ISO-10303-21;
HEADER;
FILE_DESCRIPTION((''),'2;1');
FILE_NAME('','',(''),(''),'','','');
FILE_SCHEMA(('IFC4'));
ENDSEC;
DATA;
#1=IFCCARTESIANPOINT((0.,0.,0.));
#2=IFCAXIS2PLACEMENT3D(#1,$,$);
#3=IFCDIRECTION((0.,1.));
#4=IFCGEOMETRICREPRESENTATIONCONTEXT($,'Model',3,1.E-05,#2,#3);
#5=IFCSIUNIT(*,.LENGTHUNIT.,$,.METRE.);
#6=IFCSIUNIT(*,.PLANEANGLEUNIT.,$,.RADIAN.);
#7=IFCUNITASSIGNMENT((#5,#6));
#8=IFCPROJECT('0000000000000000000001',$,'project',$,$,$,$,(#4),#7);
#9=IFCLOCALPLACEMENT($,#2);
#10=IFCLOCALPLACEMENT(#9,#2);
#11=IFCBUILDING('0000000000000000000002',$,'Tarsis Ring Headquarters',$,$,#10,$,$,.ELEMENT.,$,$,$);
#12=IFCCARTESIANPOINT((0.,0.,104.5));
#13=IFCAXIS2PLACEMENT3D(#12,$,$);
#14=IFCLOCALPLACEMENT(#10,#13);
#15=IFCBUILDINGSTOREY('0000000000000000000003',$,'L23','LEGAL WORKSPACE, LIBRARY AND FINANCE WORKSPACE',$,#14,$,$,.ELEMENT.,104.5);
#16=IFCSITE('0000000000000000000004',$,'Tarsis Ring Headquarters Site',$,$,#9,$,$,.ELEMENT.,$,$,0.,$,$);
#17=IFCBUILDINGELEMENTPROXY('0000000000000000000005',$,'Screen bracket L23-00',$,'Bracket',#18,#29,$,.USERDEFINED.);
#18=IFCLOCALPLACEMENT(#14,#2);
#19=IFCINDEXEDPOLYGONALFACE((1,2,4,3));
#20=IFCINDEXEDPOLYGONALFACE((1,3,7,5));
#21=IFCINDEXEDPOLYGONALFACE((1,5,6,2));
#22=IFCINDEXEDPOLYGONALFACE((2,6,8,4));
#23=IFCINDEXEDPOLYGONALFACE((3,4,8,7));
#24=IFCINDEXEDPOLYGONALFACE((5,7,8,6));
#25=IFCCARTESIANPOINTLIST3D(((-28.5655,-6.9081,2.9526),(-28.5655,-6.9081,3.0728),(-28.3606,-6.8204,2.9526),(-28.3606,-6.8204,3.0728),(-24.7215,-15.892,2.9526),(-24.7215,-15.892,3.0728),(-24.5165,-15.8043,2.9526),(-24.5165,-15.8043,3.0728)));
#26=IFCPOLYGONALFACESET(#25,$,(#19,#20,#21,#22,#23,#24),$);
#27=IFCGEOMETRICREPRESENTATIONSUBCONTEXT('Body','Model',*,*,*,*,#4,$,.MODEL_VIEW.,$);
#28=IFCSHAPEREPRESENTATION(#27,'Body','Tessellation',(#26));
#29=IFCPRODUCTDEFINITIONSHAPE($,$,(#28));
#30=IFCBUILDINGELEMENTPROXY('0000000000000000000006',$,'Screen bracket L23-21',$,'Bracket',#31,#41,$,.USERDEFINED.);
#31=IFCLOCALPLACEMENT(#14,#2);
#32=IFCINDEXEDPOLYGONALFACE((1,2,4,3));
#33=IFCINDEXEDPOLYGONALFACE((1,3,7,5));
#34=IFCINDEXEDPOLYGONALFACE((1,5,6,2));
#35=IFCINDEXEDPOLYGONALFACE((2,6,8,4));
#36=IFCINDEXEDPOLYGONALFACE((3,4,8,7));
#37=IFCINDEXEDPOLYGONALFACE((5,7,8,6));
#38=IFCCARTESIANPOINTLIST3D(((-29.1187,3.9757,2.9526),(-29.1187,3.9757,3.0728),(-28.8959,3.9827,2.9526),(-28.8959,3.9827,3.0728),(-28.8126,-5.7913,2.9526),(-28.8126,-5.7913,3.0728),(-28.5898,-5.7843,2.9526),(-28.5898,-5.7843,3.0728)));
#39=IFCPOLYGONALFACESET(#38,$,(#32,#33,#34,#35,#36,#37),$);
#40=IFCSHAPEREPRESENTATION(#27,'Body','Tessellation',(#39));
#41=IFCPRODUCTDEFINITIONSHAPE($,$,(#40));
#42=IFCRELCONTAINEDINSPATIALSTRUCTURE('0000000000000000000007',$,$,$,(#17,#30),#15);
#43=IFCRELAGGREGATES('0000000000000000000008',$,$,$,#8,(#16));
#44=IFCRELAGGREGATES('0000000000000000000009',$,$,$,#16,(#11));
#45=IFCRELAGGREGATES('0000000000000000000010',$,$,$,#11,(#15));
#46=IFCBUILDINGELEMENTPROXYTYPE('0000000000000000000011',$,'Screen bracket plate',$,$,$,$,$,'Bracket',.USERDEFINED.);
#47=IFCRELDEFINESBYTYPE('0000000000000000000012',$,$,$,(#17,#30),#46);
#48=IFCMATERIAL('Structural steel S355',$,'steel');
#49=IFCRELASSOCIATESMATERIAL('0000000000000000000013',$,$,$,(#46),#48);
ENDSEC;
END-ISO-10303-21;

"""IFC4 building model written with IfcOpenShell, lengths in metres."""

from ifc_helpers import new_model, si_unit, direction, frame, origin, origin_2d, place, context, subcontext, project, spatial, rectangle, extrude, material, type_object, element, save


model = new_model("IFC4")

# Units and contexts
model_context = context("Model", 3, precision=1e-05, world=origin(), true_north=direction((0.0, 1.0)))
body_context = subcontext(model_context, "Body", "Model", "MODEL_VIEW")
ifc_project = project(units=[si_unit("LENGTHUNIT", "METRE"), si_unit("PLANEANGLEUNIT", "RADIAN")], contexts=[model_context])

# Site, building, storey
site_placement = place(None, origin())
site = spatial("IfcSite", under=ifc_project, at=site_placement, Name="Tarsis Ring Headquarters Site", CompositionType="ELEMENT", RefElevation=0.0)
building_placement = place(site_placement, origin())
building = spatial("IfcBuilding", under=site, at=building_placement, Name="Tarsis Ring Headquarters", CompositionType="ELEMENT")
storey_placement = place(building_placement, frame((0.0, 0.0, 104.5)))
storey = spatial("IfcBuildingStorey", under=building, at=storey_placement, Name="L23", Description="LEGAL WORKSPACE, LIBRARY AND FINANCE WORKSPACE", CompositionType="ELEMENT", Elevation=104.5)

# Shared definitions
ifc_material_1 = material(Name="Structural steel S355", Category="steel")

# Building element proxies
building_element_proxy_type = type_object("IfcBuildingElementProxyType", Name="Screen bracket plate", ElementType="Bracket", PredefinedType="USERDEFINED", material=ifc_material_1)
for number, where, z_axis, x_axis, name in (
    (1, (-26.541, -11.3562, 2.9526), (0.0, 0.0, 1.0), (0.39338, -0.919376, 0.0), "Screen bracket L23-00"),
    (2, (-28.8542, -0.9043, 2.9526), (0.0, 0.0, 1.0), (0.031324, -0.999509, 0.0), "Screen bracket L23-21"),
):
    element("IfcBuildingElementProxy", number, at=place(storey_placement, frame(where, z_axis=z_axis, x_axis=x_axis)), inside=storey, type_object=building_element_proxy_type, Name=name, ObjectType="Bracket", PredefinedType="USERDEFINED", context=body_context, shape_type="SweptSolid", body=[
        extrude(rectangle(XDim=9.7717, YDim=0.2229, at=origin_2d()), origin(), (0.0, 0.0, 1.0), 0.1201),
    ])

save(model, "model.ifc")
